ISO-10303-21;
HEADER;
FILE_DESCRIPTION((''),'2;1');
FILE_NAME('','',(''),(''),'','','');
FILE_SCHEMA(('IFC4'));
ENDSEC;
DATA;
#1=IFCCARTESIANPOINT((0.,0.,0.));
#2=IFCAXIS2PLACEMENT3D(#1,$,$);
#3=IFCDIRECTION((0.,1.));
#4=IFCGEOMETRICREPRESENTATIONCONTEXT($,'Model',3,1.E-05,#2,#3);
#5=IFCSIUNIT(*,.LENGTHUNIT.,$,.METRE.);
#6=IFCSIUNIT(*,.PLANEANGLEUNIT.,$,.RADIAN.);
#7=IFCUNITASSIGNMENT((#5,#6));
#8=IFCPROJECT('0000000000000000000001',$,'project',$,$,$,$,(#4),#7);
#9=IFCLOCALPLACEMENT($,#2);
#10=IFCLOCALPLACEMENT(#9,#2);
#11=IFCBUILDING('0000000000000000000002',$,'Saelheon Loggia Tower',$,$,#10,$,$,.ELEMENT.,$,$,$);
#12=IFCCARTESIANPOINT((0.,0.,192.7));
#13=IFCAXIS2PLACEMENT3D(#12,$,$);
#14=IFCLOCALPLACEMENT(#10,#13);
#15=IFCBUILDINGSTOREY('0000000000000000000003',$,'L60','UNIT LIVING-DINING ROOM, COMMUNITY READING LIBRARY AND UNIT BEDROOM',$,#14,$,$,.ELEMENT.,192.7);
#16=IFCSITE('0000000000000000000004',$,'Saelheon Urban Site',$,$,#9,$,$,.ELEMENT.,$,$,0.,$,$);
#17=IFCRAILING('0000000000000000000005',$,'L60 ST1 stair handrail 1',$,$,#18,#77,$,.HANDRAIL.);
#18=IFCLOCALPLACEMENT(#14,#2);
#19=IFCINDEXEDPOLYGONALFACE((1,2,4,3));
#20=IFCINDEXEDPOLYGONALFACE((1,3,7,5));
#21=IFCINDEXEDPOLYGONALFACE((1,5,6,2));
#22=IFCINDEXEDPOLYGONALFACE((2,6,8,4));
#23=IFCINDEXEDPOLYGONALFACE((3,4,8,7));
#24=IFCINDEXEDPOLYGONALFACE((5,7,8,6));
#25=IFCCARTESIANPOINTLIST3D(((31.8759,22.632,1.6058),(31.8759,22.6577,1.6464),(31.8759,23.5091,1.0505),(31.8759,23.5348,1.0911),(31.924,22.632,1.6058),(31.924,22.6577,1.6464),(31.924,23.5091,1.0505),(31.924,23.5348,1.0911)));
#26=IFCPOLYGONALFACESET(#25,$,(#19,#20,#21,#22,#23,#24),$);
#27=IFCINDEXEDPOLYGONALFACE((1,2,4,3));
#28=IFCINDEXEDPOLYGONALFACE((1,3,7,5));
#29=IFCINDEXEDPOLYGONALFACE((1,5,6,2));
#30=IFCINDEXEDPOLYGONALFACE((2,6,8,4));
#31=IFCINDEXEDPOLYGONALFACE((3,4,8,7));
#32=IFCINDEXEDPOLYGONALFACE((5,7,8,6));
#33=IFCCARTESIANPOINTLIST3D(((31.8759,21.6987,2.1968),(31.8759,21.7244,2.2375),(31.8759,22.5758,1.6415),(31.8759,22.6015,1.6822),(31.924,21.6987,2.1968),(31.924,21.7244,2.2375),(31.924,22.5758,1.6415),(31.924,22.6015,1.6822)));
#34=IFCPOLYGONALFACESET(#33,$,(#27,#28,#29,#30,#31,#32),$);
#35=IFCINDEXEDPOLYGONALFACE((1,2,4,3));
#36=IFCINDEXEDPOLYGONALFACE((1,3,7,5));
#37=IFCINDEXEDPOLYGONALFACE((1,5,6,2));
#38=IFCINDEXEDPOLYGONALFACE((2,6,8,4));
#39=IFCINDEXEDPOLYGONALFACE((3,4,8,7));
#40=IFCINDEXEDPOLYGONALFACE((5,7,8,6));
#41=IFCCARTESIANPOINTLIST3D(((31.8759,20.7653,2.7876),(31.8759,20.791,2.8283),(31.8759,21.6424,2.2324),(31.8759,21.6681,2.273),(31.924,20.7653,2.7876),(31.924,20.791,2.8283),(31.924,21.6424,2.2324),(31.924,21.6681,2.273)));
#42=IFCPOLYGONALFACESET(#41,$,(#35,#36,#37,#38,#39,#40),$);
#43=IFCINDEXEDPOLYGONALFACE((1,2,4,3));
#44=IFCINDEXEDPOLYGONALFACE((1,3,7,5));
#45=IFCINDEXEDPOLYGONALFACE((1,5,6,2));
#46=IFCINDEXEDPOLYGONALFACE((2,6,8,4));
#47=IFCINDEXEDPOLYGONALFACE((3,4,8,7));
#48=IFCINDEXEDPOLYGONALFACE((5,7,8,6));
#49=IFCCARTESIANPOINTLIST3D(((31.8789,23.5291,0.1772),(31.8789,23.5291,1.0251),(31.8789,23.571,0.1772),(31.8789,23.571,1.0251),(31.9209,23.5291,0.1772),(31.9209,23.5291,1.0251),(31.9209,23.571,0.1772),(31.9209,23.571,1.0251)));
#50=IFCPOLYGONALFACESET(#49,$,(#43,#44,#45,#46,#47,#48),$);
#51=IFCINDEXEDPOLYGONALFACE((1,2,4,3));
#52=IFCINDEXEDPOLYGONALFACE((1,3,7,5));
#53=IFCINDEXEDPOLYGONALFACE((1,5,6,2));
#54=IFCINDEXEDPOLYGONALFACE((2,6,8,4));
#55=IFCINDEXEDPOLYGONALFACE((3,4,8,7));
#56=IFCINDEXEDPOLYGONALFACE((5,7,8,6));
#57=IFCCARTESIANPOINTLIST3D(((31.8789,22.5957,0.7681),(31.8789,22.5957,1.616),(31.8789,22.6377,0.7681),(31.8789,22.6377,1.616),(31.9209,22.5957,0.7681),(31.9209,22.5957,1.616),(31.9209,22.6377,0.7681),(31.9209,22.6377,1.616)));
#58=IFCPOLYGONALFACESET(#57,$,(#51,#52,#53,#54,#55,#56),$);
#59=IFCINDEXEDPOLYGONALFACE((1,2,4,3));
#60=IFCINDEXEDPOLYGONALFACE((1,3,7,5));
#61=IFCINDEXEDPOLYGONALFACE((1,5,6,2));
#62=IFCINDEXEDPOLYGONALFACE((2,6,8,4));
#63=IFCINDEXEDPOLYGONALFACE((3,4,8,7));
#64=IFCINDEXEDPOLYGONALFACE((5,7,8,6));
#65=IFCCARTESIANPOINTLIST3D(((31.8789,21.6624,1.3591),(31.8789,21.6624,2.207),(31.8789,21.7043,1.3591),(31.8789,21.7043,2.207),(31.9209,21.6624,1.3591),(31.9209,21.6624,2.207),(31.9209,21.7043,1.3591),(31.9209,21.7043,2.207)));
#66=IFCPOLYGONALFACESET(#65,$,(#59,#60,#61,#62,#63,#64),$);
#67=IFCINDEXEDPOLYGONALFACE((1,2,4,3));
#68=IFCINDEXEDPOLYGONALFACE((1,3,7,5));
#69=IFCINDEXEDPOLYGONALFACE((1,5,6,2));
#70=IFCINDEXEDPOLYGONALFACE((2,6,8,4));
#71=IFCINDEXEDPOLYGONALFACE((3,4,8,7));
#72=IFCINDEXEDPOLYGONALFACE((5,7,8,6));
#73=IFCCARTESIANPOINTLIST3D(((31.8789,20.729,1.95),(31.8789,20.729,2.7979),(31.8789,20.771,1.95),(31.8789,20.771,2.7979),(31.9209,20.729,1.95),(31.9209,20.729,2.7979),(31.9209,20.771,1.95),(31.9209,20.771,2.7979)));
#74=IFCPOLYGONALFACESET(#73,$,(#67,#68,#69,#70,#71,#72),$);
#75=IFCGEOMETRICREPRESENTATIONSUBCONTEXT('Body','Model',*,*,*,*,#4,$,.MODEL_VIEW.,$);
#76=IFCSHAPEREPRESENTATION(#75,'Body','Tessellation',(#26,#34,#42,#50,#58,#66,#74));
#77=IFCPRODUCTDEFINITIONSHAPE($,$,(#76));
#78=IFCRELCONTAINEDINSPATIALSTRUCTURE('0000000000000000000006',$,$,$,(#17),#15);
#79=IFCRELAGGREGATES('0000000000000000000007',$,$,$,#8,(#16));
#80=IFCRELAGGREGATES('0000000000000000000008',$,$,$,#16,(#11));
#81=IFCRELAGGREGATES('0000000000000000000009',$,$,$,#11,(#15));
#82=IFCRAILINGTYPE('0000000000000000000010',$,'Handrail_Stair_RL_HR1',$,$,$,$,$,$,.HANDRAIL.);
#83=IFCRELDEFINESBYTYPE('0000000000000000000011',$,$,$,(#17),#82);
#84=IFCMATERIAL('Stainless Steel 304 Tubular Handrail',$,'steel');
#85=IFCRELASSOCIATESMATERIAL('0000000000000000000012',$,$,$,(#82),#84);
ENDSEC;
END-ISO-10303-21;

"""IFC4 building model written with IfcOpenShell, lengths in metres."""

from ifc_helpers import new_model, si_unit, direction, frame, origin, origin_2d, place, context, subcontext, project, spatial, rectangle, extrude, material, type_object, element, save


model = new_model("IFC4")

# Units and contexts
model_context = context("Model", 3, precision=1e-05, world=origin(), true_north=direction((0.0, 1.0)))
body_context = subcontext(model_context, "Body", "Model", "MODEL_VIEW")
ifc_project = project(units=[si_unit("LENGTHUNIT", "METRE"), si_unit("PLANEANGLEUNIT", "RADIAN")], contexts=[model_context])

# Site, building, storey
site_placement = place(None, origin())
site = spatial("IfcSite", under=ifc_project, at=site_placement, Name="Saelheon Urban Site", CompositionType="ELEMENT", RefElevation=0.0)
building_placement = place(site_placement, origin())
building = spatial("IfcBuilding", under=site, at=building_placement, Name="Saelheon Loggia Tower", CompositionType="ELEMENT")
storey_placement = place(building_placement, frame((0.0, 0.0, 192.7)))
storey = spatial("IfcBuildingStorey", under=building, at=storey_placement, Name="L60", Description="UNIT LIVING-DINING ROOM, COMMUNITY READING LIBRARY AND UNIT BEDROOM", CompositionType="ELEMENT", Elevation=192.7)

# Railing
ifc_material_1 = material(Name="Stainless Steel 304 Tubular Handrail", Category="steel")
railing_type_1 = type_object("IfcRailingType", Name="Handrail_Stair_RL_HR1", PredefinedType="HANDRAIL", material=ifc_material_1)
railing_1_placement = place(storey_placement, frame((31.8999, 23.55, 0.1772)))
element("IfcRailing", 1, at=railing_1_placement, inside=storey, type_object=railing_type_1, Name="L60 ST1 stair handrail 1", PredefinedType="HANDRAIL", context=body_context, shape_type="SweptSolid", body=[
    extrude(rectangle(XDim=0.0481, YDim=0.0481, at=origin_2d()), frame((0.0, -0.0281, 0.8936), z_axis=(0.0, -0.844909, 0.53491), x_axis=(1.0, 0.0, 0.0)), (0.0, 0.0, 1.0), 1.0381),
    extrude(rectangle(XDim=0.0481, YDim=0.0481, at=origin_2d()), frame((0.0, -0.9614, 1.4846), z_axis=(0.0, -0.844909, 0.53491), x_axis=(1.0, 0.0, 0.0)), (0.0, 0.0, 1.0), 1.0381),
    extrude(rectangle(XDim=0.0481, YDim=0.0481, at=origin_2d()), frame((0.0, -1.8948, 2.0754), z_axis=(0.0, -0.844909, 0.53491), x_axis=(1.0, 0.0, 0.0)), (0.0, 0.0, 1.0), 1.0381),
    extrude(rectangle(XDim=0.042, YDim=0.042, at=origin_2d()), origin(), (0.0, 0.0, 1.0), 0.8479),
    extrude(rectangle(XDim=0.042, YDim=0.042, at=origin_2d()), frame((0.0, -0.9333, 0.5908)), (0.0, 0.0, 1.0), 0.8479),
    extrude(rectangle(XDim=0.042, YDim=0.042, at=origin_2d()), frame((0.0, -1.8667, 1.1819)), (0.0, 0.0, 1.0), 0.8479),
    extrude(rectangle(XDim=0.042, YDim=0.042, at=origin_2d()), frame((0.0, -2.8, 1.7727)), (0.0, 0.0, 1.0), 0.8479),
])

save(model, "model.ifc")
